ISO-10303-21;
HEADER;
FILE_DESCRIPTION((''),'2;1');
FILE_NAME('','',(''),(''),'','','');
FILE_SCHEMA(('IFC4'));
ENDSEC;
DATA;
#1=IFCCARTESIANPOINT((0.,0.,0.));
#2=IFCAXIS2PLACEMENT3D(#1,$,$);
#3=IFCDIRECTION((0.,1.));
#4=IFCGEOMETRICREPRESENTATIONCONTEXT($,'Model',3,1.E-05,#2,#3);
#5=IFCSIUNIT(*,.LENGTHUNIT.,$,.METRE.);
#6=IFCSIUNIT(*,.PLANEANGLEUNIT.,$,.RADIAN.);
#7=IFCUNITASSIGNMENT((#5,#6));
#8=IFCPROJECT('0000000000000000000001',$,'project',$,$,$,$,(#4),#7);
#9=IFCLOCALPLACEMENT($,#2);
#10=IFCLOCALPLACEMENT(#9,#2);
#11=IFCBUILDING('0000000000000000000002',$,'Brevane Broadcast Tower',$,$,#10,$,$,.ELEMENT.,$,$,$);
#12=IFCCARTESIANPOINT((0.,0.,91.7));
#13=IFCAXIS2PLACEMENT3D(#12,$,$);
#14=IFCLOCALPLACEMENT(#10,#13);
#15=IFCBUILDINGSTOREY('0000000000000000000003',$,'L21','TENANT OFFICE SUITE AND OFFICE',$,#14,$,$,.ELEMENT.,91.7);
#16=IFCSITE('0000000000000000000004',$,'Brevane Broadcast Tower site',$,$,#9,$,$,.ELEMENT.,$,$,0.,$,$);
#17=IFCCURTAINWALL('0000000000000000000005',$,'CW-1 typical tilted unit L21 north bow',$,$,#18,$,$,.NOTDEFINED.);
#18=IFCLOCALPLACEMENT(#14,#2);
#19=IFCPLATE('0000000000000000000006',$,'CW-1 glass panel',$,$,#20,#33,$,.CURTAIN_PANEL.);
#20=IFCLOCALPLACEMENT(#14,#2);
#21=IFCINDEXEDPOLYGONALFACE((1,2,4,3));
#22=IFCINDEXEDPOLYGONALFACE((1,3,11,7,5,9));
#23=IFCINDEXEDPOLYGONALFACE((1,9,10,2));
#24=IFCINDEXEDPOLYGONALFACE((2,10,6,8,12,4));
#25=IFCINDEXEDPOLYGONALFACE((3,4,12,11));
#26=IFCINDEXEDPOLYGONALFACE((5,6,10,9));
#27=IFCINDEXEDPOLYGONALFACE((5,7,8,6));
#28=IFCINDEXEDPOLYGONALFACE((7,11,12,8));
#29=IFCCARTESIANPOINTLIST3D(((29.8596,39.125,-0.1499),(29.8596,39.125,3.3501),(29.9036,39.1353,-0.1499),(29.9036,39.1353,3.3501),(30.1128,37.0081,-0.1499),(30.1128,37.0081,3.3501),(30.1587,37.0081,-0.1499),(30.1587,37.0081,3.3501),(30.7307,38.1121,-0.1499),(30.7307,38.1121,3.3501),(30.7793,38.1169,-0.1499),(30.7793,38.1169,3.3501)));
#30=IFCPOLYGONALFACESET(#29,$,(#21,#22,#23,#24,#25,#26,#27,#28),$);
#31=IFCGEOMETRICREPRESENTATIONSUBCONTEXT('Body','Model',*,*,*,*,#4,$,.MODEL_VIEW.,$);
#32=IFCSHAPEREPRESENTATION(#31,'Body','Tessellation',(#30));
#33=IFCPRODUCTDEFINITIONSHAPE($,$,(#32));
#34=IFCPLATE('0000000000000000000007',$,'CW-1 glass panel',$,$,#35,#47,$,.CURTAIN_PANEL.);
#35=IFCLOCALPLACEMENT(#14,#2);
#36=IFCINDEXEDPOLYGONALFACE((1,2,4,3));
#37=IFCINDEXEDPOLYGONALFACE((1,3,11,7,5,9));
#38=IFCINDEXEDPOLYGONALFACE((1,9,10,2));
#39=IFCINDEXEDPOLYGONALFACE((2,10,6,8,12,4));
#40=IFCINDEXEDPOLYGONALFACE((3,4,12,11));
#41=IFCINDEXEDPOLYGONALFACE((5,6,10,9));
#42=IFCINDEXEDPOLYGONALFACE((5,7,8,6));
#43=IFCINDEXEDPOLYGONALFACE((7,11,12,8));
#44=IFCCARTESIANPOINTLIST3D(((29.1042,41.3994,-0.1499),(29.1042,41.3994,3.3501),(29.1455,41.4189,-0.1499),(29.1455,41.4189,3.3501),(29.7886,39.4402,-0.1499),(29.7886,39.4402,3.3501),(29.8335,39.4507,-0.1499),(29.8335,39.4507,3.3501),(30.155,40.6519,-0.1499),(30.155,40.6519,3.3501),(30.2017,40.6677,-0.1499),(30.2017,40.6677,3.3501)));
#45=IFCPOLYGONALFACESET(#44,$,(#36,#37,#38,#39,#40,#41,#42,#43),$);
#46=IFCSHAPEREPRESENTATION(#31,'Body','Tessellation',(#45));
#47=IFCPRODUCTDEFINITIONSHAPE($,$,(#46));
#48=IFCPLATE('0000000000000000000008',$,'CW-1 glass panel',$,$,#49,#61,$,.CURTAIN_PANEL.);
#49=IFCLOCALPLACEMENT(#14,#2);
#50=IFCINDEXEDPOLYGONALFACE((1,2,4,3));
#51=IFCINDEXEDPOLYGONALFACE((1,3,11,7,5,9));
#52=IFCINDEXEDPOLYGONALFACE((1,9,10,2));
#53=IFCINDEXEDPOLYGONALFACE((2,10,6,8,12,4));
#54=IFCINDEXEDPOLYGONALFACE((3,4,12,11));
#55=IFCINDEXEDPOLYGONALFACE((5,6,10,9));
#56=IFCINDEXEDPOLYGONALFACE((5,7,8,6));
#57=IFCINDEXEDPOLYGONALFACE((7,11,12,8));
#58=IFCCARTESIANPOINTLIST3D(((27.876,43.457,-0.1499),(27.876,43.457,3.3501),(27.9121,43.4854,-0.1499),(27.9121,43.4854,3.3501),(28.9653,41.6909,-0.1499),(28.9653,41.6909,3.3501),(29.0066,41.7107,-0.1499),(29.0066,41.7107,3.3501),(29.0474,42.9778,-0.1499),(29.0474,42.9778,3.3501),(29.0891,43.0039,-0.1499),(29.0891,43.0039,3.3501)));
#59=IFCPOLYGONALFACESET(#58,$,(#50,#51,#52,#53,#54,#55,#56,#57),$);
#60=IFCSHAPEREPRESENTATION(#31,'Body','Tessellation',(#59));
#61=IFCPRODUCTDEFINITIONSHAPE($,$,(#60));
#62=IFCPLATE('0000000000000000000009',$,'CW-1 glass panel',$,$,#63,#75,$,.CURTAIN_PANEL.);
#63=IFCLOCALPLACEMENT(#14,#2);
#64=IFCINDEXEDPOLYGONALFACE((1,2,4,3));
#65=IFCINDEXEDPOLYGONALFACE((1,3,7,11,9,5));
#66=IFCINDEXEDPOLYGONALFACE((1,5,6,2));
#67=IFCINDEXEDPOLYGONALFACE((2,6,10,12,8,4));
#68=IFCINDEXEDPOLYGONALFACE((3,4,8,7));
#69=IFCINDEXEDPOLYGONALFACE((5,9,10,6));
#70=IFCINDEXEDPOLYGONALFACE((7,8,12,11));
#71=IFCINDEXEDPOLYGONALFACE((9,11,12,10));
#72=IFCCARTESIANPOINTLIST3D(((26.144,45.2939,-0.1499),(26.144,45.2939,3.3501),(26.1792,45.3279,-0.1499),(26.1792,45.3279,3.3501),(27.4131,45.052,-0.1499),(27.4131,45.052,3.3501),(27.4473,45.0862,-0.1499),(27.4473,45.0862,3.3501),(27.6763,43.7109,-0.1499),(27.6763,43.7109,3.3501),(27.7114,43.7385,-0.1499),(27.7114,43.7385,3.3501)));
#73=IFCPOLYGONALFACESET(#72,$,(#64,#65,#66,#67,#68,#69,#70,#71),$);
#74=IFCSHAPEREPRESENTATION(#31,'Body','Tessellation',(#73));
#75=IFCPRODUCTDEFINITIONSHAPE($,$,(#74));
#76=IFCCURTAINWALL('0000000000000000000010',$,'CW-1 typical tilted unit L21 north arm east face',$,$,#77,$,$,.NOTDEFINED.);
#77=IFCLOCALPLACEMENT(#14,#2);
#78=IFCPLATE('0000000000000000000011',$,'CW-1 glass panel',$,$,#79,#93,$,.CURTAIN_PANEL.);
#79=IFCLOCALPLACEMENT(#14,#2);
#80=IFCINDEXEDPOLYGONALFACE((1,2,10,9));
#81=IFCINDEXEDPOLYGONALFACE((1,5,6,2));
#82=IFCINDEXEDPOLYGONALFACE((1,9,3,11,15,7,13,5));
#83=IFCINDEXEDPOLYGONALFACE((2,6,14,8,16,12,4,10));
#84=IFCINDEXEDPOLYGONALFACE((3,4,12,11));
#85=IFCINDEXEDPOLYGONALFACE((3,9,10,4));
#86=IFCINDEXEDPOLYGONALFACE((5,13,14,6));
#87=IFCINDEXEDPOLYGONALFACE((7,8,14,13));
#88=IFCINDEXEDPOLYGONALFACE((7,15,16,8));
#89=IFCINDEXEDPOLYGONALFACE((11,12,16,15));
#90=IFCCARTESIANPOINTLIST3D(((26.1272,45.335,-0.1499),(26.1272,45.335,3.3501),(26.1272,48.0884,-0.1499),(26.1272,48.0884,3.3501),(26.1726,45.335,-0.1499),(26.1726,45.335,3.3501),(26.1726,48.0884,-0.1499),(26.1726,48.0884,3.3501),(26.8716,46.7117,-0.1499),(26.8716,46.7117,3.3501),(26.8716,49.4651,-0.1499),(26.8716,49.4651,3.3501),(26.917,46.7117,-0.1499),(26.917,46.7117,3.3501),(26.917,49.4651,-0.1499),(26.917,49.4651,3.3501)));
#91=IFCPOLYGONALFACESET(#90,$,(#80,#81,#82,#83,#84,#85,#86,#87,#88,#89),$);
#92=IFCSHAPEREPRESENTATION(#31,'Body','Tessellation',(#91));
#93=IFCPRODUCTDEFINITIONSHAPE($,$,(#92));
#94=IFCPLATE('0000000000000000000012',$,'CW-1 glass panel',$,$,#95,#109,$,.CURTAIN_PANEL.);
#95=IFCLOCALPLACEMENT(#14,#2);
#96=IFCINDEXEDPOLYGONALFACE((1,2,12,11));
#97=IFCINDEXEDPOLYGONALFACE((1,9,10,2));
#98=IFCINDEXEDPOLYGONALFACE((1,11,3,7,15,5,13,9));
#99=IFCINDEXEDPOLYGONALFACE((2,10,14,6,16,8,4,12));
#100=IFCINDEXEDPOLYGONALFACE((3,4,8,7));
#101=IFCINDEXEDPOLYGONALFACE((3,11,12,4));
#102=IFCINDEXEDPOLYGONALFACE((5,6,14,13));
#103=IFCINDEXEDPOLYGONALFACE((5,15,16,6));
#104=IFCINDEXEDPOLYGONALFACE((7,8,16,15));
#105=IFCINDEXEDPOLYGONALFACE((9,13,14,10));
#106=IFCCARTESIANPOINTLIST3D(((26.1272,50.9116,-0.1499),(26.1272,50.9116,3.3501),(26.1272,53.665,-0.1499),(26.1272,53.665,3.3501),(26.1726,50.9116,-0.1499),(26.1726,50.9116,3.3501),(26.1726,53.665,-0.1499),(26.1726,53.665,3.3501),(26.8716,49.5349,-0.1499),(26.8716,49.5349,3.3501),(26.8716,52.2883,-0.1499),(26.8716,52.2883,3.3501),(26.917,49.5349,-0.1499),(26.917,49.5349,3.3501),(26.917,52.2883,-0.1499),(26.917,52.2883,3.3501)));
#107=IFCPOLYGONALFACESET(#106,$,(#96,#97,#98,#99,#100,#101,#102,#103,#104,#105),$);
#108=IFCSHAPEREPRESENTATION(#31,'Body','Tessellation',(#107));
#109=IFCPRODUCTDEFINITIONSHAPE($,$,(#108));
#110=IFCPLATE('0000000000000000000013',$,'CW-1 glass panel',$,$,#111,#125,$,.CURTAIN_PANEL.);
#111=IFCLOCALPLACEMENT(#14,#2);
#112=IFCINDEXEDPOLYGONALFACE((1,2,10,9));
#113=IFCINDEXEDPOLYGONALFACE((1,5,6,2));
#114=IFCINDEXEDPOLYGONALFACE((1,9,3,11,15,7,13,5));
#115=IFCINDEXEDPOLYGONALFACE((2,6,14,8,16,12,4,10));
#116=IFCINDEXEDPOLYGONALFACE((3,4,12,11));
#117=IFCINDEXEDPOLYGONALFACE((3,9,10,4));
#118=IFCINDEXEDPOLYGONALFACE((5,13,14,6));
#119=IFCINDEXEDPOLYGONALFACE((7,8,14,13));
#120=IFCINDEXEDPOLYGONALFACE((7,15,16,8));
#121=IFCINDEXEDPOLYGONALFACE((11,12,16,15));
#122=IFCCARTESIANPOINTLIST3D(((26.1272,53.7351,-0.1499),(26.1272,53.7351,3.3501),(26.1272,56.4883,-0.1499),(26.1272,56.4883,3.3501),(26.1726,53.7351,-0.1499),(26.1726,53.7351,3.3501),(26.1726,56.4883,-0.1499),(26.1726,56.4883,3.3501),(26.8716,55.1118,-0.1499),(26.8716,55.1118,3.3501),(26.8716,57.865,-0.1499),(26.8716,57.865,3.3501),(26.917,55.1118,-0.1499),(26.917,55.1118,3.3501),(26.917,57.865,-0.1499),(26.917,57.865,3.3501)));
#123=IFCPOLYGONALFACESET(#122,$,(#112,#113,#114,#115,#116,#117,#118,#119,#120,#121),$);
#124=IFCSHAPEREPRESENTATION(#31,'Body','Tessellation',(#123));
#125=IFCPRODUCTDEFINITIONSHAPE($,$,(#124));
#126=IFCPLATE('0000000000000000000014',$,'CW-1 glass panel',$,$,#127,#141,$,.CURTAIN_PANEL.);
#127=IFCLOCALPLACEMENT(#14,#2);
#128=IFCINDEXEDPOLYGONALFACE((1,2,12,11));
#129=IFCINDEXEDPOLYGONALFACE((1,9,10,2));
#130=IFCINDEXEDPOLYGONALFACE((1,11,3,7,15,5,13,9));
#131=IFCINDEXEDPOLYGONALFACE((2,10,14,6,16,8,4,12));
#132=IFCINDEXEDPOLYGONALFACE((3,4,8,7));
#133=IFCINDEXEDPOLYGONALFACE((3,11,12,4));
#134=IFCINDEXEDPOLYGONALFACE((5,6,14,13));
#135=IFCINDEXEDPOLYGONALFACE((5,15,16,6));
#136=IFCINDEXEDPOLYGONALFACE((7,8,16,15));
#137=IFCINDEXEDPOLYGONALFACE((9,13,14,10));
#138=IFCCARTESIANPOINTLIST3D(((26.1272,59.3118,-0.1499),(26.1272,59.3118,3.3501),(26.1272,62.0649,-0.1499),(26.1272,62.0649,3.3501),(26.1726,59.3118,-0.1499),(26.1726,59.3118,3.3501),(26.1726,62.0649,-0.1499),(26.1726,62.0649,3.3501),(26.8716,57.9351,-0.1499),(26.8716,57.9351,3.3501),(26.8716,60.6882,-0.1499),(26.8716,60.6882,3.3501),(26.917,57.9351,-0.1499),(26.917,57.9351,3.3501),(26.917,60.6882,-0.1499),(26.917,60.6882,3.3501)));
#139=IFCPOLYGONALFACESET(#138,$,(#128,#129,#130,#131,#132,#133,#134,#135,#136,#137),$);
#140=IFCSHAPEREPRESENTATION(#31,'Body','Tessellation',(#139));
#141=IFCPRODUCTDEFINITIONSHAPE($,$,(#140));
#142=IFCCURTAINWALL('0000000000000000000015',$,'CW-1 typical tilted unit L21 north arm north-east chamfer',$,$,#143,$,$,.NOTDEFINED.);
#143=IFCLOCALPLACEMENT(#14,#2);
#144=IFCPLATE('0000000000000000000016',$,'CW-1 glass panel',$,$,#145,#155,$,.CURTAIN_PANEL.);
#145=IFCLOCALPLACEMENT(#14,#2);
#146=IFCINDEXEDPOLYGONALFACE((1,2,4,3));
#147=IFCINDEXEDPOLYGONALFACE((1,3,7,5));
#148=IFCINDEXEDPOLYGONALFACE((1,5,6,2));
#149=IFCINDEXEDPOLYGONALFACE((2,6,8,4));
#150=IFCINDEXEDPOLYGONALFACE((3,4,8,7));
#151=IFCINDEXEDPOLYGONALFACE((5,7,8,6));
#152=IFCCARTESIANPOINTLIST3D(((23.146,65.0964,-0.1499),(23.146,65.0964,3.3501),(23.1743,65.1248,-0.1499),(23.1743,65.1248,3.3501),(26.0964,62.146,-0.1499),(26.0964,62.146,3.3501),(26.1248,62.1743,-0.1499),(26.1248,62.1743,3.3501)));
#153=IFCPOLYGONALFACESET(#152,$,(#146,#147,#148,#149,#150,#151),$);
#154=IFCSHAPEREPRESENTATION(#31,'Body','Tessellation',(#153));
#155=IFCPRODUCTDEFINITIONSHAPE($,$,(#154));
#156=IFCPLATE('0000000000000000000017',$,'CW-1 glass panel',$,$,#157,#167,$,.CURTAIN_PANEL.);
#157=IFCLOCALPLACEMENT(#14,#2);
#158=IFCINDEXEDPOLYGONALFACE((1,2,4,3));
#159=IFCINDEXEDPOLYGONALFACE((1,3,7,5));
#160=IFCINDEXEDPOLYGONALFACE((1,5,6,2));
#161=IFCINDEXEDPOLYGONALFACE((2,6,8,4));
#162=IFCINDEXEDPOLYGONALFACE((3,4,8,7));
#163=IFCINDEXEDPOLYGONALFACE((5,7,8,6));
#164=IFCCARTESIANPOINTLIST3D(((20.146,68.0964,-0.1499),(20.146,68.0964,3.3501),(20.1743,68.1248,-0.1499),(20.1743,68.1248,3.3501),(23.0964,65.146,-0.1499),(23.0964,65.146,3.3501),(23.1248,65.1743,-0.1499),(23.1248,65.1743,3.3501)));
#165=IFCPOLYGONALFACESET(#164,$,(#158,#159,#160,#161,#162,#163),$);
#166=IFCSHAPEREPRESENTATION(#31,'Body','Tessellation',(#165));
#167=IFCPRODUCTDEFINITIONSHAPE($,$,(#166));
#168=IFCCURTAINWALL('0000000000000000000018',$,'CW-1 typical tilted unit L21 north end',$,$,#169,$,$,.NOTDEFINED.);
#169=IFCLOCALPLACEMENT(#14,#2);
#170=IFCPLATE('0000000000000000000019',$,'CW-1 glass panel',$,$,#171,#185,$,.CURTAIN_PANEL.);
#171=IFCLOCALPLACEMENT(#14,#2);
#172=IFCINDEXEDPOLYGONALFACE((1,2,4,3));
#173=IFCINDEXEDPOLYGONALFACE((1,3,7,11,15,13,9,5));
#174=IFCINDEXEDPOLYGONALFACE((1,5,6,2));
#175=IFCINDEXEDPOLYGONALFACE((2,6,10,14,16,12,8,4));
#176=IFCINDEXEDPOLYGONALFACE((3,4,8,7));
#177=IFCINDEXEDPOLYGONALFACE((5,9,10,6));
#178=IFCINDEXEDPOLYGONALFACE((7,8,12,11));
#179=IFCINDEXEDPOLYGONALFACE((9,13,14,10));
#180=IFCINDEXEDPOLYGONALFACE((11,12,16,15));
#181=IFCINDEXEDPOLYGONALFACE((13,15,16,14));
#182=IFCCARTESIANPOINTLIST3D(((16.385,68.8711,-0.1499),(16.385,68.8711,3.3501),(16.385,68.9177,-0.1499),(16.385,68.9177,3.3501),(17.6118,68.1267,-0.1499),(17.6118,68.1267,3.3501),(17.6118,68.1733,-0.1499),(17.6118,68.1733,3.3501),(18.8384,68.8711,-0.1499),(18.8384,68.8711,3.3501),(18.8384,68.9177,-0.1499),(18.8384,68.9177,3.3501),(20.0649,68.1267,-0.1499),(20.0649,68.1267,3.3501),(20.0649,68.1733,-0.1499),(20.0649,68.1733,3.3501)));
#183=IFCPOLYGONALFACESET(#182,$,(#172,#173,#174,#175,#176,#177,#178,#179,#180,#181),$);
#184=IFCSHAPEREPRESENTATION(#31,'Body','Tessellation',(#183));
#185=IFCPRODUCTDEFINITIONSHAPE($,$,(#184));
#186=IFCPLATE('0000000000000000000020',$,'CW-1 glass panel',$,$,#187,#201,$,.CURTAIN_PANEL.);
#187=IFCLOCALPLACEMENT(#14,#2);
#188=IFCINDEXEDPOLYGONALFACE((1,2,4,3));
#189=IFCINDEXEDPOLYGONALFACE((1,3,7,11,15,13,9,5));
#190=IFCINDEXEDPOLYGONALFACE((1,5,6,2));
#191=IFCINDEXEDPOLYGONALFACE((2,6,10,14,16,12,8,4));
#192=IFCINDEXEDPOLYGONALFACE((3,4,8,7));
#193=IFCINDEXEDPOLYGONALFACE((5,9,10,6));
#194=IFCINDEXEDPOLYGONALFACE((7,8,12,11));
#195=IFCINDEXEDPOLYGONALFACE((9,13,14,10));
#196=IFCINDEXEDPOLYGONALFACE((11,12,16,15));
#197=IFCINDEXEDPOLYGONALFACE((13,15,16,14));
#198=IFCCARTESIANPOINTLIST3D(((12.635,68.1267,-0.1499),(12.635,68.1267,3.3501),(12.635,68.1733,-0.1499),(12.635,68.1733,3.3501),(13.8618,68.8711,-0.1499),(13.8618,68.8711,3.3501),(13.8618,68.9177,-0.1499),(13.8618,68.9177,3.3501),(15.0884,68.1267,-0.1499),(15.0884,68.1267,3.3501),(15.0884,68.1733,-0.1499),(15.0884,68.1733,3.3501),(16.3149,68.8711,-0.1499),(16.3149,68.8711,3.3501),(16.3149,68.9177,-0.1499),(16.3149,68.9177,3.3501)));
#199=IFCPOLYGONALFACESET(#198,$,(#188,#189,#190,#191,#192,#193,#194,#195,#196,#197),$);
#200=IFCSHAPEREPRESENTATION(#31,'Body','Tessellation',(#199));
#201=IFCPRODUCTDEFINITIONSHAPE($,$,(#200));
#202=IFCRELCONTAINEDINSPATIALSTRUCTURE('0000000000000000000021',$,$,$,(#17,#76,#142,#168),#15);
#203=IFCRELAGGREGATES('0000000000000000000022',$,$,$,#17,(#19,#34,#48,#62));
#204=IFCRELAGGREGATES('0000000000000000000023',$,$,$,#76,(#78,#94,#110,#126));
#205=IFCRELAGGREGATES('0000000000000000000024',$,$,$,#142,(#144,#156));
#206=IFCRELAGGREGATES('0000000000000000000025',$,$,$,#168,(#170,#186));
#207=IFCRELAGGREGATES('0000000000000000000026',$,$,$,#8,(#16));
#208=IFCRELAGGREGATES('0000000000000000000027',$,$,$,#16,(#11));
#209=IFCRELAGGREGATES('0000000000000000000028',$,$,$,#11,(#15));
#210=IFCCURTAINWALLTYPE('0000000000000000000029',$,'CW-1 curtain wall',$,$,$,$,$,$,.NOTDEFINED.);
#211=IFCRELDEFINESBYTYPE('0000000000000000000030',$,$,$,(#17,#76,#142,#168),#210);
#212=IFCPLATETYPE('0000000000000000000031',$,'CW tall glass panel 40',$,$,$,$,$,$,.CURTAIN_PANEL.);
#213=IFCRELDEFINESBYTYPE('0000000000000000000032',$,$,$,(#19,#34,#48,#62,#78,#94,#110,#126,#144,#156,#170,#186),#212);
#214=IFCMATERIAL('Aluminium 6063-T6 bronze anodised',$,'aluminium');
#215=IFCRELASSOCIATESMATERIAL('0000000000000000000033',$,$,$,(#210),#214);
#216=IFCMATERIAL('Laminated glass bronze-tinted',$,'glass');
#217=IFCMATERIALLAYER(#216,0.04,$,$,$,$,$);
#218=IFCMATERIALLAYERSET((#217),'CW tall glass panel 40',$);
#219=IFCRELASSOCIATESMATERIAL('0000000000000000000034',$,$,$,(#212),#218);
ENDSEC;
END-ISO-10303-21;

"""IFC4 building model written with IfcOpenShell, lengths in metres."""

from ifc_helpers import new_model, si_unit, direction, frame, origin, place, context, subcontext, project, spatial, polyline, outline, extrude, material, layer, layer_set, type_object, element, aggregate, save


model = new_model("IFC4")

# Units and contexts
model_context = context("Model", 3, precision=1e-05, world=origin(), true_north=direction((0.0, 1.0)))
body_context = subcontext(model_context, "Body", "Model", "MODEL_VIEW")
ifc_project = project(units=[si_unit("LENGTHUNIT", "METRE"), si_unit("PLANEANGLEUNIT", "RADIAN")], contexts=[model_context])

# Site, building, storey
site_placement = place(None, origin())
site = spatial("IfcSite", under=ifc_project, at=site_placement, Name="Brevane Broadcast Tower site", CompositionType="ELEMENT", RefElevation=0.0)
building_placement = place(site_placement, origin())
building = spatial("IfcBuilding", under=site, at=building_placement, Name="Brevane Broadcast Tower", CompositionType="ELEMENT")
storey_placement = place(building_placement, frame((0.0, 0.0, 91.7)))
storey = spatial("IfcBuildingStorey", under=building, at=storey_placement, Name="L21", Description="TENANT OFFICE SUITE AND OFFICE", CompositionType="ELEMENT", Elevation=91.7)

# Shared definitions
ifc_material_1 = material(Name="Aluminium 6063-T6 bronze anodised", Category="aluminium")
curtain_wall_type = type_object("IfcCurtainWallType", Name="CW-1 curtain wall", PredefinedType="NOTDEFINED", material=ifc_material_1)

# Curtain walls, plates
ifc_material_2 = material(Name="Laminated glass bronze-tinted", Category="glass")
ifc_layer = layer(ifc_material_2, 0.04)
ifc_layer_set = layer_set([ifc_layer], Name="CW tall glass panel 40")
plate_type = type_object("IfcPlateType", Name="CW tall glass panel 40", PredefinedType="CURTAIN_PANEL", material=ifc_layer_set)
curtain_wall_1_placement = place(storey_placement, origin())
curtain_wall_1 = element("IfcCurtainWall", 1, at=curtain_wall_1_placement, inside=storey, type_object=curtain_wall_type, Name="CW-1 typical tilted unit L21 north bow", PredefinedType="NOTDEFINED")
plate_1_placement = place(storey_placement, frame((0.0, 0.0, -0.1499)))
plate_1 = element("IfcPlate", 2, at=plate_1_placement, type_object=plate_type, Name="CW-1 glass panel", PredefinedType="CURTAIN_PANEL", context=body_context, shape_type="SweptSolid", body=[
    extrude(outline(polyline([(30.1128, 37.0081), (30.1587, 37.0081), (30.7793, 38.1169), (29.9036, 39.1353), (29.8596, 39.125), (30.7307, 38.1121), (30.1128, 37.0081)])), origin(), (0.0, 0.0, 1.0), 3.5),
])
plate_2_placement = place(storey_placement, frame((0.0, 0.0, -0.1499)))
plate_2 = element("IfcPlate", 3, at=plate_2_placement, type_object=plate_type, Name="CW-1 glass panel", PredefinedType="CURTAIN_PANEL", context=body_context, shape_type="SweptSolid", body=[
    extrude(outline(polyline([(29.7886, 39.4402), (29.8335, 39.4507), (30.2017, 40.6677), (29.1455, 41.4189), (29.1042, 41.3994), (30.155, 40.6519), (29.7886, 39.4402)])), origin(), (0.0, 0.0, 1.0), 3.5),
])
plate_3_placement = place(storey_placement, frame((0.0, 0.0, -0.1499)))
plate_3 = element("IfcPlate", 4, at=plate_3_placement, type_object=plate_type, Name="CW-1 glass panel", PredefinedType="CURTAIN_PANEL", context=body_context, shape_type="SweptSolid", body=[
    extrude(outline(polyline([(28.9653, 41.6909), (29.0066, 41.7107), (29.0891, 43.0039), (27.9121, 43.4854), (27.876, 43.457), (29.0474, 42.9778), (28.9653, 41.6909)])), origin(), (0.0, 0.0, 1.0), 3.5),
])
plate_4_placement = place(storey_placement, frame((0.0, 0.0, -0.1499)))
plate_4 = element("IfcPlate", 5, at=plate_4_placement, type_object=plate_type, Name="CW-1 glass panel", PredefinedType="CURTAIN_PANEL", context=body_context, shape_type="SweptSolid", body=[
    extrude(outline(polyline([(27.6763, 43.7109), (27.7114, 43.7385), (27.4473, 45.0862), (26.1792, 45.3279), (26.144, 45.2939), (27.4131, 45.052), (27.6763, 43.7109)])), origin(), (0.0, 0.0, 1.0), 3.5),
])
aggregate(curtain_wall_1, [plate_1, plate_2, plate_3, plate_4])
curtain_wall_2_placement = place(storey_placement, origin())
curtain_wall_2 = element("IfcCurtainWall", 6, at=curtain_wall_2_placement, inside=storey, type_object=curtain_wall_type, Name="CW-1 typical tilted unit L21 north arm east face", PredefinedType="NOTDEFINED")
plate_5_placement = place(storey_placement, frame((0.0, 0.0, -0.1499)))
plate_5 = element("IfcPlate", 7, at=plate_5_placement, type_object=plate_type, Name="CW-1 glass panel", PredefinedType="CURTAIN_PANEL", context=body_context, shape_type="SweptSolid", body=[
    extrude(outline(polyline([(26.1272, 45.335), (26.1726, 45.335), (26.917, 46.7117), (26.1726, 48.0884), (26.917, 49.4651), (26.8716, 49.4651), (26.1272, 48.0884), (26.8716, 46.7117), (26.1272, 45.335)])), origin(), (0.0, 0.0, 1.0), 3.5),
])
plate_6_placement = place(storey_placement, frame((0.0, 0.0, -0.1499)))
plate_6 = element("IfcPlate", 8, at=plate_6_placement, type_object=plate_type, Name="CW-1 glass panel", PredefinedType="CURTAIN_PANEL", context=body_context, shape_type="SweptSolid", body=[
    extrude(outline(polyline([(26.8716, 49.5349), (26.917, 49.5349), (26.1726, 50.9116), (26.917, 52.2883), (26.1726, 53.665), (26.1272, 53.665), (26.8716, 52.2883), (26.1272, 50.9116), (26.8716, 49.5349)])), origin(), (0.0, 0.0, 1.0), 3.5),
])
plate_7_placement = place(storey_placement, frame((0.0, 0.0, -0.1499)))
plate_7 = element("IfcPlate", 9, at=plate_7_placement, type_object=plate_type, Name="CW-1 glass panel", PredefinedType="CURTAIN_PANEL", context=body_context, shape_type="SweptSolid", body=[
    extrude(outline(polyline([(26.1272, 53.7351), (26.1726, 53.7351), (26.917, 55.1118), (26.1726, 56.4883), (26.917, 57.865), (26.8716, 57.865), (26.1272, 56.4883), (26.8716, 55.1118), (26.1272, 53.7351)])), origin(), (0.0, 0.0, 1.0), 3.5),
])
plate_8_placement = place(storey_placement, frame((0.0, 0.0, -0.1499)))
plate_8 = element("IfcPlate", 10, at=plate_8_placement, type_object=plate_type, Name="CW-1 glass panel", PredefinedType="CURTAIN_PANEL", context=body_context, shape_type="SweptSolid", body=[
    extrude(outline(polyline([(26.8716, 57.9351), (26.917, 57.9351), (26.1726, 59.3118), (26.917, 60.6882), (26.1726, 62.0649), (26.1272, 62.0649), (26.8716, 60.6882), (26.1272, 59.3118), (26.8716, 57.9351)])), origin(), (0.0, 0.0, 1.0), 3.5),
])
aggregate(curtain_wall_2, [plate_5, plate_6, plate_7, plate_8])
curtain_wall_3_placement = place(storey_placement, origin())
curtain_wall_3 = element("IfcCurtainWall", 11, at=curtain_wall_3_placement, inside=storey, type_object=curtain_wall_type, Name="CW-1 typical tilted unit L21 north arm north-east chamfer", PredefinedType="NOTDEFINED")
plate_9_placement = place(storey_placement, frame((0.0, 0.0, -0.1499)))
plate_9 = element("IfcPlate", 12, at=plate_9_placement, type_object=plate_type, Name="CW-1 glass panel", PredefinedType="CURTAIN_PANEL", context=body_context, shape_type="SweptSolid", body=[
    extrude(outline(polyline([(26.0964, 62.146), (23.146, 65.0964), (23.1743, 65.1248), (26.1248, 62.1743), (26.0964, 62.146)])), origin(), (0.0, 0.0, 1.0), 3.5),
])
plate_10_placement = place(storey_placement, frame((0.0, 0.0, -0.1499)))
plate_10 = element("IfcPlate", 13, at=plate_10_placement, type_object=plate_type, Name="CW-1 glass panel", PredefinedType="CURTAIN_PANEL", context=body_context, shape_type="SweptSolid", body=[
    extrude(outline(polyline([(23.0964, 65.146), (20.146, 68.0964), (20.1743, 68.1248), (23.1248, 65.1743), (23.0964, 65.146)])), origin(), (0.0, 0.0, 1.0), 3.5),
])
aggregate(curtain_wall_3, [plate_9, plate_10])
curtain_wall_4_placement = place(storey_placement, origin())
curtain_wall_4 = element("IfcCurtainWall", 14, at=curtain_wall_4_placement, inside=storey, type_object=curtain_wall_type, Name="CW-1 typical tilted unit L21 north end", PredefinedType="NOTDEFINED")
plate_11_placement = place(storey_placement, frame((0.0, 0.0, -0.1499)))
plate_11 = element("IfcPlate", 15, at=plate_11_placement, type_object=plate_type, Name="CW-1 glass panel", PredefinedType="CURTAIN_PANEL", context=body_context, shape_type="SweptSolid", body=[
    extrude(outline(polyline([(20.0649, 68.1267), (20.0649, 68.1733), (18.8384, 68.9177), (17.6118, 68.1733), (16.385, 68.9177), (16.385, 68.8711), (17.6118, 68.1267), (18.8384, 68.8711), (20.0649, 68.1267)])), origin(), (0.0, 0.0, 1.0), 3.5),
])
plate_12_placement = place(storey_placement, frame((0.0, 0.0, -0.1499)))
plate_12 = element("IfcPlate", 16, at=plate_12_placement, type_object=plate_type, Name="CW-1 glass panel", PredefinedType="CURTAIN_PANEL", context=body_context, shape_type="SweptSolid", body=[
    extrude(outline(polyline([(16.3149, 68.8711), (16.3149, 68.9177), (15.0884, 68.1733), (13.8618, 68.9177), (12.635, 68.1733), (12.635, 68.1267), (13.8618, 68.8711), (15.0884, 68.1267), (16.3149, 68.8711)])), origin(), (0.0, 0.0, 1.0), 3.5),
])
aggregate(curtain_wall_4, [plate_11, plate_12])

save(model, "model.ifc")
